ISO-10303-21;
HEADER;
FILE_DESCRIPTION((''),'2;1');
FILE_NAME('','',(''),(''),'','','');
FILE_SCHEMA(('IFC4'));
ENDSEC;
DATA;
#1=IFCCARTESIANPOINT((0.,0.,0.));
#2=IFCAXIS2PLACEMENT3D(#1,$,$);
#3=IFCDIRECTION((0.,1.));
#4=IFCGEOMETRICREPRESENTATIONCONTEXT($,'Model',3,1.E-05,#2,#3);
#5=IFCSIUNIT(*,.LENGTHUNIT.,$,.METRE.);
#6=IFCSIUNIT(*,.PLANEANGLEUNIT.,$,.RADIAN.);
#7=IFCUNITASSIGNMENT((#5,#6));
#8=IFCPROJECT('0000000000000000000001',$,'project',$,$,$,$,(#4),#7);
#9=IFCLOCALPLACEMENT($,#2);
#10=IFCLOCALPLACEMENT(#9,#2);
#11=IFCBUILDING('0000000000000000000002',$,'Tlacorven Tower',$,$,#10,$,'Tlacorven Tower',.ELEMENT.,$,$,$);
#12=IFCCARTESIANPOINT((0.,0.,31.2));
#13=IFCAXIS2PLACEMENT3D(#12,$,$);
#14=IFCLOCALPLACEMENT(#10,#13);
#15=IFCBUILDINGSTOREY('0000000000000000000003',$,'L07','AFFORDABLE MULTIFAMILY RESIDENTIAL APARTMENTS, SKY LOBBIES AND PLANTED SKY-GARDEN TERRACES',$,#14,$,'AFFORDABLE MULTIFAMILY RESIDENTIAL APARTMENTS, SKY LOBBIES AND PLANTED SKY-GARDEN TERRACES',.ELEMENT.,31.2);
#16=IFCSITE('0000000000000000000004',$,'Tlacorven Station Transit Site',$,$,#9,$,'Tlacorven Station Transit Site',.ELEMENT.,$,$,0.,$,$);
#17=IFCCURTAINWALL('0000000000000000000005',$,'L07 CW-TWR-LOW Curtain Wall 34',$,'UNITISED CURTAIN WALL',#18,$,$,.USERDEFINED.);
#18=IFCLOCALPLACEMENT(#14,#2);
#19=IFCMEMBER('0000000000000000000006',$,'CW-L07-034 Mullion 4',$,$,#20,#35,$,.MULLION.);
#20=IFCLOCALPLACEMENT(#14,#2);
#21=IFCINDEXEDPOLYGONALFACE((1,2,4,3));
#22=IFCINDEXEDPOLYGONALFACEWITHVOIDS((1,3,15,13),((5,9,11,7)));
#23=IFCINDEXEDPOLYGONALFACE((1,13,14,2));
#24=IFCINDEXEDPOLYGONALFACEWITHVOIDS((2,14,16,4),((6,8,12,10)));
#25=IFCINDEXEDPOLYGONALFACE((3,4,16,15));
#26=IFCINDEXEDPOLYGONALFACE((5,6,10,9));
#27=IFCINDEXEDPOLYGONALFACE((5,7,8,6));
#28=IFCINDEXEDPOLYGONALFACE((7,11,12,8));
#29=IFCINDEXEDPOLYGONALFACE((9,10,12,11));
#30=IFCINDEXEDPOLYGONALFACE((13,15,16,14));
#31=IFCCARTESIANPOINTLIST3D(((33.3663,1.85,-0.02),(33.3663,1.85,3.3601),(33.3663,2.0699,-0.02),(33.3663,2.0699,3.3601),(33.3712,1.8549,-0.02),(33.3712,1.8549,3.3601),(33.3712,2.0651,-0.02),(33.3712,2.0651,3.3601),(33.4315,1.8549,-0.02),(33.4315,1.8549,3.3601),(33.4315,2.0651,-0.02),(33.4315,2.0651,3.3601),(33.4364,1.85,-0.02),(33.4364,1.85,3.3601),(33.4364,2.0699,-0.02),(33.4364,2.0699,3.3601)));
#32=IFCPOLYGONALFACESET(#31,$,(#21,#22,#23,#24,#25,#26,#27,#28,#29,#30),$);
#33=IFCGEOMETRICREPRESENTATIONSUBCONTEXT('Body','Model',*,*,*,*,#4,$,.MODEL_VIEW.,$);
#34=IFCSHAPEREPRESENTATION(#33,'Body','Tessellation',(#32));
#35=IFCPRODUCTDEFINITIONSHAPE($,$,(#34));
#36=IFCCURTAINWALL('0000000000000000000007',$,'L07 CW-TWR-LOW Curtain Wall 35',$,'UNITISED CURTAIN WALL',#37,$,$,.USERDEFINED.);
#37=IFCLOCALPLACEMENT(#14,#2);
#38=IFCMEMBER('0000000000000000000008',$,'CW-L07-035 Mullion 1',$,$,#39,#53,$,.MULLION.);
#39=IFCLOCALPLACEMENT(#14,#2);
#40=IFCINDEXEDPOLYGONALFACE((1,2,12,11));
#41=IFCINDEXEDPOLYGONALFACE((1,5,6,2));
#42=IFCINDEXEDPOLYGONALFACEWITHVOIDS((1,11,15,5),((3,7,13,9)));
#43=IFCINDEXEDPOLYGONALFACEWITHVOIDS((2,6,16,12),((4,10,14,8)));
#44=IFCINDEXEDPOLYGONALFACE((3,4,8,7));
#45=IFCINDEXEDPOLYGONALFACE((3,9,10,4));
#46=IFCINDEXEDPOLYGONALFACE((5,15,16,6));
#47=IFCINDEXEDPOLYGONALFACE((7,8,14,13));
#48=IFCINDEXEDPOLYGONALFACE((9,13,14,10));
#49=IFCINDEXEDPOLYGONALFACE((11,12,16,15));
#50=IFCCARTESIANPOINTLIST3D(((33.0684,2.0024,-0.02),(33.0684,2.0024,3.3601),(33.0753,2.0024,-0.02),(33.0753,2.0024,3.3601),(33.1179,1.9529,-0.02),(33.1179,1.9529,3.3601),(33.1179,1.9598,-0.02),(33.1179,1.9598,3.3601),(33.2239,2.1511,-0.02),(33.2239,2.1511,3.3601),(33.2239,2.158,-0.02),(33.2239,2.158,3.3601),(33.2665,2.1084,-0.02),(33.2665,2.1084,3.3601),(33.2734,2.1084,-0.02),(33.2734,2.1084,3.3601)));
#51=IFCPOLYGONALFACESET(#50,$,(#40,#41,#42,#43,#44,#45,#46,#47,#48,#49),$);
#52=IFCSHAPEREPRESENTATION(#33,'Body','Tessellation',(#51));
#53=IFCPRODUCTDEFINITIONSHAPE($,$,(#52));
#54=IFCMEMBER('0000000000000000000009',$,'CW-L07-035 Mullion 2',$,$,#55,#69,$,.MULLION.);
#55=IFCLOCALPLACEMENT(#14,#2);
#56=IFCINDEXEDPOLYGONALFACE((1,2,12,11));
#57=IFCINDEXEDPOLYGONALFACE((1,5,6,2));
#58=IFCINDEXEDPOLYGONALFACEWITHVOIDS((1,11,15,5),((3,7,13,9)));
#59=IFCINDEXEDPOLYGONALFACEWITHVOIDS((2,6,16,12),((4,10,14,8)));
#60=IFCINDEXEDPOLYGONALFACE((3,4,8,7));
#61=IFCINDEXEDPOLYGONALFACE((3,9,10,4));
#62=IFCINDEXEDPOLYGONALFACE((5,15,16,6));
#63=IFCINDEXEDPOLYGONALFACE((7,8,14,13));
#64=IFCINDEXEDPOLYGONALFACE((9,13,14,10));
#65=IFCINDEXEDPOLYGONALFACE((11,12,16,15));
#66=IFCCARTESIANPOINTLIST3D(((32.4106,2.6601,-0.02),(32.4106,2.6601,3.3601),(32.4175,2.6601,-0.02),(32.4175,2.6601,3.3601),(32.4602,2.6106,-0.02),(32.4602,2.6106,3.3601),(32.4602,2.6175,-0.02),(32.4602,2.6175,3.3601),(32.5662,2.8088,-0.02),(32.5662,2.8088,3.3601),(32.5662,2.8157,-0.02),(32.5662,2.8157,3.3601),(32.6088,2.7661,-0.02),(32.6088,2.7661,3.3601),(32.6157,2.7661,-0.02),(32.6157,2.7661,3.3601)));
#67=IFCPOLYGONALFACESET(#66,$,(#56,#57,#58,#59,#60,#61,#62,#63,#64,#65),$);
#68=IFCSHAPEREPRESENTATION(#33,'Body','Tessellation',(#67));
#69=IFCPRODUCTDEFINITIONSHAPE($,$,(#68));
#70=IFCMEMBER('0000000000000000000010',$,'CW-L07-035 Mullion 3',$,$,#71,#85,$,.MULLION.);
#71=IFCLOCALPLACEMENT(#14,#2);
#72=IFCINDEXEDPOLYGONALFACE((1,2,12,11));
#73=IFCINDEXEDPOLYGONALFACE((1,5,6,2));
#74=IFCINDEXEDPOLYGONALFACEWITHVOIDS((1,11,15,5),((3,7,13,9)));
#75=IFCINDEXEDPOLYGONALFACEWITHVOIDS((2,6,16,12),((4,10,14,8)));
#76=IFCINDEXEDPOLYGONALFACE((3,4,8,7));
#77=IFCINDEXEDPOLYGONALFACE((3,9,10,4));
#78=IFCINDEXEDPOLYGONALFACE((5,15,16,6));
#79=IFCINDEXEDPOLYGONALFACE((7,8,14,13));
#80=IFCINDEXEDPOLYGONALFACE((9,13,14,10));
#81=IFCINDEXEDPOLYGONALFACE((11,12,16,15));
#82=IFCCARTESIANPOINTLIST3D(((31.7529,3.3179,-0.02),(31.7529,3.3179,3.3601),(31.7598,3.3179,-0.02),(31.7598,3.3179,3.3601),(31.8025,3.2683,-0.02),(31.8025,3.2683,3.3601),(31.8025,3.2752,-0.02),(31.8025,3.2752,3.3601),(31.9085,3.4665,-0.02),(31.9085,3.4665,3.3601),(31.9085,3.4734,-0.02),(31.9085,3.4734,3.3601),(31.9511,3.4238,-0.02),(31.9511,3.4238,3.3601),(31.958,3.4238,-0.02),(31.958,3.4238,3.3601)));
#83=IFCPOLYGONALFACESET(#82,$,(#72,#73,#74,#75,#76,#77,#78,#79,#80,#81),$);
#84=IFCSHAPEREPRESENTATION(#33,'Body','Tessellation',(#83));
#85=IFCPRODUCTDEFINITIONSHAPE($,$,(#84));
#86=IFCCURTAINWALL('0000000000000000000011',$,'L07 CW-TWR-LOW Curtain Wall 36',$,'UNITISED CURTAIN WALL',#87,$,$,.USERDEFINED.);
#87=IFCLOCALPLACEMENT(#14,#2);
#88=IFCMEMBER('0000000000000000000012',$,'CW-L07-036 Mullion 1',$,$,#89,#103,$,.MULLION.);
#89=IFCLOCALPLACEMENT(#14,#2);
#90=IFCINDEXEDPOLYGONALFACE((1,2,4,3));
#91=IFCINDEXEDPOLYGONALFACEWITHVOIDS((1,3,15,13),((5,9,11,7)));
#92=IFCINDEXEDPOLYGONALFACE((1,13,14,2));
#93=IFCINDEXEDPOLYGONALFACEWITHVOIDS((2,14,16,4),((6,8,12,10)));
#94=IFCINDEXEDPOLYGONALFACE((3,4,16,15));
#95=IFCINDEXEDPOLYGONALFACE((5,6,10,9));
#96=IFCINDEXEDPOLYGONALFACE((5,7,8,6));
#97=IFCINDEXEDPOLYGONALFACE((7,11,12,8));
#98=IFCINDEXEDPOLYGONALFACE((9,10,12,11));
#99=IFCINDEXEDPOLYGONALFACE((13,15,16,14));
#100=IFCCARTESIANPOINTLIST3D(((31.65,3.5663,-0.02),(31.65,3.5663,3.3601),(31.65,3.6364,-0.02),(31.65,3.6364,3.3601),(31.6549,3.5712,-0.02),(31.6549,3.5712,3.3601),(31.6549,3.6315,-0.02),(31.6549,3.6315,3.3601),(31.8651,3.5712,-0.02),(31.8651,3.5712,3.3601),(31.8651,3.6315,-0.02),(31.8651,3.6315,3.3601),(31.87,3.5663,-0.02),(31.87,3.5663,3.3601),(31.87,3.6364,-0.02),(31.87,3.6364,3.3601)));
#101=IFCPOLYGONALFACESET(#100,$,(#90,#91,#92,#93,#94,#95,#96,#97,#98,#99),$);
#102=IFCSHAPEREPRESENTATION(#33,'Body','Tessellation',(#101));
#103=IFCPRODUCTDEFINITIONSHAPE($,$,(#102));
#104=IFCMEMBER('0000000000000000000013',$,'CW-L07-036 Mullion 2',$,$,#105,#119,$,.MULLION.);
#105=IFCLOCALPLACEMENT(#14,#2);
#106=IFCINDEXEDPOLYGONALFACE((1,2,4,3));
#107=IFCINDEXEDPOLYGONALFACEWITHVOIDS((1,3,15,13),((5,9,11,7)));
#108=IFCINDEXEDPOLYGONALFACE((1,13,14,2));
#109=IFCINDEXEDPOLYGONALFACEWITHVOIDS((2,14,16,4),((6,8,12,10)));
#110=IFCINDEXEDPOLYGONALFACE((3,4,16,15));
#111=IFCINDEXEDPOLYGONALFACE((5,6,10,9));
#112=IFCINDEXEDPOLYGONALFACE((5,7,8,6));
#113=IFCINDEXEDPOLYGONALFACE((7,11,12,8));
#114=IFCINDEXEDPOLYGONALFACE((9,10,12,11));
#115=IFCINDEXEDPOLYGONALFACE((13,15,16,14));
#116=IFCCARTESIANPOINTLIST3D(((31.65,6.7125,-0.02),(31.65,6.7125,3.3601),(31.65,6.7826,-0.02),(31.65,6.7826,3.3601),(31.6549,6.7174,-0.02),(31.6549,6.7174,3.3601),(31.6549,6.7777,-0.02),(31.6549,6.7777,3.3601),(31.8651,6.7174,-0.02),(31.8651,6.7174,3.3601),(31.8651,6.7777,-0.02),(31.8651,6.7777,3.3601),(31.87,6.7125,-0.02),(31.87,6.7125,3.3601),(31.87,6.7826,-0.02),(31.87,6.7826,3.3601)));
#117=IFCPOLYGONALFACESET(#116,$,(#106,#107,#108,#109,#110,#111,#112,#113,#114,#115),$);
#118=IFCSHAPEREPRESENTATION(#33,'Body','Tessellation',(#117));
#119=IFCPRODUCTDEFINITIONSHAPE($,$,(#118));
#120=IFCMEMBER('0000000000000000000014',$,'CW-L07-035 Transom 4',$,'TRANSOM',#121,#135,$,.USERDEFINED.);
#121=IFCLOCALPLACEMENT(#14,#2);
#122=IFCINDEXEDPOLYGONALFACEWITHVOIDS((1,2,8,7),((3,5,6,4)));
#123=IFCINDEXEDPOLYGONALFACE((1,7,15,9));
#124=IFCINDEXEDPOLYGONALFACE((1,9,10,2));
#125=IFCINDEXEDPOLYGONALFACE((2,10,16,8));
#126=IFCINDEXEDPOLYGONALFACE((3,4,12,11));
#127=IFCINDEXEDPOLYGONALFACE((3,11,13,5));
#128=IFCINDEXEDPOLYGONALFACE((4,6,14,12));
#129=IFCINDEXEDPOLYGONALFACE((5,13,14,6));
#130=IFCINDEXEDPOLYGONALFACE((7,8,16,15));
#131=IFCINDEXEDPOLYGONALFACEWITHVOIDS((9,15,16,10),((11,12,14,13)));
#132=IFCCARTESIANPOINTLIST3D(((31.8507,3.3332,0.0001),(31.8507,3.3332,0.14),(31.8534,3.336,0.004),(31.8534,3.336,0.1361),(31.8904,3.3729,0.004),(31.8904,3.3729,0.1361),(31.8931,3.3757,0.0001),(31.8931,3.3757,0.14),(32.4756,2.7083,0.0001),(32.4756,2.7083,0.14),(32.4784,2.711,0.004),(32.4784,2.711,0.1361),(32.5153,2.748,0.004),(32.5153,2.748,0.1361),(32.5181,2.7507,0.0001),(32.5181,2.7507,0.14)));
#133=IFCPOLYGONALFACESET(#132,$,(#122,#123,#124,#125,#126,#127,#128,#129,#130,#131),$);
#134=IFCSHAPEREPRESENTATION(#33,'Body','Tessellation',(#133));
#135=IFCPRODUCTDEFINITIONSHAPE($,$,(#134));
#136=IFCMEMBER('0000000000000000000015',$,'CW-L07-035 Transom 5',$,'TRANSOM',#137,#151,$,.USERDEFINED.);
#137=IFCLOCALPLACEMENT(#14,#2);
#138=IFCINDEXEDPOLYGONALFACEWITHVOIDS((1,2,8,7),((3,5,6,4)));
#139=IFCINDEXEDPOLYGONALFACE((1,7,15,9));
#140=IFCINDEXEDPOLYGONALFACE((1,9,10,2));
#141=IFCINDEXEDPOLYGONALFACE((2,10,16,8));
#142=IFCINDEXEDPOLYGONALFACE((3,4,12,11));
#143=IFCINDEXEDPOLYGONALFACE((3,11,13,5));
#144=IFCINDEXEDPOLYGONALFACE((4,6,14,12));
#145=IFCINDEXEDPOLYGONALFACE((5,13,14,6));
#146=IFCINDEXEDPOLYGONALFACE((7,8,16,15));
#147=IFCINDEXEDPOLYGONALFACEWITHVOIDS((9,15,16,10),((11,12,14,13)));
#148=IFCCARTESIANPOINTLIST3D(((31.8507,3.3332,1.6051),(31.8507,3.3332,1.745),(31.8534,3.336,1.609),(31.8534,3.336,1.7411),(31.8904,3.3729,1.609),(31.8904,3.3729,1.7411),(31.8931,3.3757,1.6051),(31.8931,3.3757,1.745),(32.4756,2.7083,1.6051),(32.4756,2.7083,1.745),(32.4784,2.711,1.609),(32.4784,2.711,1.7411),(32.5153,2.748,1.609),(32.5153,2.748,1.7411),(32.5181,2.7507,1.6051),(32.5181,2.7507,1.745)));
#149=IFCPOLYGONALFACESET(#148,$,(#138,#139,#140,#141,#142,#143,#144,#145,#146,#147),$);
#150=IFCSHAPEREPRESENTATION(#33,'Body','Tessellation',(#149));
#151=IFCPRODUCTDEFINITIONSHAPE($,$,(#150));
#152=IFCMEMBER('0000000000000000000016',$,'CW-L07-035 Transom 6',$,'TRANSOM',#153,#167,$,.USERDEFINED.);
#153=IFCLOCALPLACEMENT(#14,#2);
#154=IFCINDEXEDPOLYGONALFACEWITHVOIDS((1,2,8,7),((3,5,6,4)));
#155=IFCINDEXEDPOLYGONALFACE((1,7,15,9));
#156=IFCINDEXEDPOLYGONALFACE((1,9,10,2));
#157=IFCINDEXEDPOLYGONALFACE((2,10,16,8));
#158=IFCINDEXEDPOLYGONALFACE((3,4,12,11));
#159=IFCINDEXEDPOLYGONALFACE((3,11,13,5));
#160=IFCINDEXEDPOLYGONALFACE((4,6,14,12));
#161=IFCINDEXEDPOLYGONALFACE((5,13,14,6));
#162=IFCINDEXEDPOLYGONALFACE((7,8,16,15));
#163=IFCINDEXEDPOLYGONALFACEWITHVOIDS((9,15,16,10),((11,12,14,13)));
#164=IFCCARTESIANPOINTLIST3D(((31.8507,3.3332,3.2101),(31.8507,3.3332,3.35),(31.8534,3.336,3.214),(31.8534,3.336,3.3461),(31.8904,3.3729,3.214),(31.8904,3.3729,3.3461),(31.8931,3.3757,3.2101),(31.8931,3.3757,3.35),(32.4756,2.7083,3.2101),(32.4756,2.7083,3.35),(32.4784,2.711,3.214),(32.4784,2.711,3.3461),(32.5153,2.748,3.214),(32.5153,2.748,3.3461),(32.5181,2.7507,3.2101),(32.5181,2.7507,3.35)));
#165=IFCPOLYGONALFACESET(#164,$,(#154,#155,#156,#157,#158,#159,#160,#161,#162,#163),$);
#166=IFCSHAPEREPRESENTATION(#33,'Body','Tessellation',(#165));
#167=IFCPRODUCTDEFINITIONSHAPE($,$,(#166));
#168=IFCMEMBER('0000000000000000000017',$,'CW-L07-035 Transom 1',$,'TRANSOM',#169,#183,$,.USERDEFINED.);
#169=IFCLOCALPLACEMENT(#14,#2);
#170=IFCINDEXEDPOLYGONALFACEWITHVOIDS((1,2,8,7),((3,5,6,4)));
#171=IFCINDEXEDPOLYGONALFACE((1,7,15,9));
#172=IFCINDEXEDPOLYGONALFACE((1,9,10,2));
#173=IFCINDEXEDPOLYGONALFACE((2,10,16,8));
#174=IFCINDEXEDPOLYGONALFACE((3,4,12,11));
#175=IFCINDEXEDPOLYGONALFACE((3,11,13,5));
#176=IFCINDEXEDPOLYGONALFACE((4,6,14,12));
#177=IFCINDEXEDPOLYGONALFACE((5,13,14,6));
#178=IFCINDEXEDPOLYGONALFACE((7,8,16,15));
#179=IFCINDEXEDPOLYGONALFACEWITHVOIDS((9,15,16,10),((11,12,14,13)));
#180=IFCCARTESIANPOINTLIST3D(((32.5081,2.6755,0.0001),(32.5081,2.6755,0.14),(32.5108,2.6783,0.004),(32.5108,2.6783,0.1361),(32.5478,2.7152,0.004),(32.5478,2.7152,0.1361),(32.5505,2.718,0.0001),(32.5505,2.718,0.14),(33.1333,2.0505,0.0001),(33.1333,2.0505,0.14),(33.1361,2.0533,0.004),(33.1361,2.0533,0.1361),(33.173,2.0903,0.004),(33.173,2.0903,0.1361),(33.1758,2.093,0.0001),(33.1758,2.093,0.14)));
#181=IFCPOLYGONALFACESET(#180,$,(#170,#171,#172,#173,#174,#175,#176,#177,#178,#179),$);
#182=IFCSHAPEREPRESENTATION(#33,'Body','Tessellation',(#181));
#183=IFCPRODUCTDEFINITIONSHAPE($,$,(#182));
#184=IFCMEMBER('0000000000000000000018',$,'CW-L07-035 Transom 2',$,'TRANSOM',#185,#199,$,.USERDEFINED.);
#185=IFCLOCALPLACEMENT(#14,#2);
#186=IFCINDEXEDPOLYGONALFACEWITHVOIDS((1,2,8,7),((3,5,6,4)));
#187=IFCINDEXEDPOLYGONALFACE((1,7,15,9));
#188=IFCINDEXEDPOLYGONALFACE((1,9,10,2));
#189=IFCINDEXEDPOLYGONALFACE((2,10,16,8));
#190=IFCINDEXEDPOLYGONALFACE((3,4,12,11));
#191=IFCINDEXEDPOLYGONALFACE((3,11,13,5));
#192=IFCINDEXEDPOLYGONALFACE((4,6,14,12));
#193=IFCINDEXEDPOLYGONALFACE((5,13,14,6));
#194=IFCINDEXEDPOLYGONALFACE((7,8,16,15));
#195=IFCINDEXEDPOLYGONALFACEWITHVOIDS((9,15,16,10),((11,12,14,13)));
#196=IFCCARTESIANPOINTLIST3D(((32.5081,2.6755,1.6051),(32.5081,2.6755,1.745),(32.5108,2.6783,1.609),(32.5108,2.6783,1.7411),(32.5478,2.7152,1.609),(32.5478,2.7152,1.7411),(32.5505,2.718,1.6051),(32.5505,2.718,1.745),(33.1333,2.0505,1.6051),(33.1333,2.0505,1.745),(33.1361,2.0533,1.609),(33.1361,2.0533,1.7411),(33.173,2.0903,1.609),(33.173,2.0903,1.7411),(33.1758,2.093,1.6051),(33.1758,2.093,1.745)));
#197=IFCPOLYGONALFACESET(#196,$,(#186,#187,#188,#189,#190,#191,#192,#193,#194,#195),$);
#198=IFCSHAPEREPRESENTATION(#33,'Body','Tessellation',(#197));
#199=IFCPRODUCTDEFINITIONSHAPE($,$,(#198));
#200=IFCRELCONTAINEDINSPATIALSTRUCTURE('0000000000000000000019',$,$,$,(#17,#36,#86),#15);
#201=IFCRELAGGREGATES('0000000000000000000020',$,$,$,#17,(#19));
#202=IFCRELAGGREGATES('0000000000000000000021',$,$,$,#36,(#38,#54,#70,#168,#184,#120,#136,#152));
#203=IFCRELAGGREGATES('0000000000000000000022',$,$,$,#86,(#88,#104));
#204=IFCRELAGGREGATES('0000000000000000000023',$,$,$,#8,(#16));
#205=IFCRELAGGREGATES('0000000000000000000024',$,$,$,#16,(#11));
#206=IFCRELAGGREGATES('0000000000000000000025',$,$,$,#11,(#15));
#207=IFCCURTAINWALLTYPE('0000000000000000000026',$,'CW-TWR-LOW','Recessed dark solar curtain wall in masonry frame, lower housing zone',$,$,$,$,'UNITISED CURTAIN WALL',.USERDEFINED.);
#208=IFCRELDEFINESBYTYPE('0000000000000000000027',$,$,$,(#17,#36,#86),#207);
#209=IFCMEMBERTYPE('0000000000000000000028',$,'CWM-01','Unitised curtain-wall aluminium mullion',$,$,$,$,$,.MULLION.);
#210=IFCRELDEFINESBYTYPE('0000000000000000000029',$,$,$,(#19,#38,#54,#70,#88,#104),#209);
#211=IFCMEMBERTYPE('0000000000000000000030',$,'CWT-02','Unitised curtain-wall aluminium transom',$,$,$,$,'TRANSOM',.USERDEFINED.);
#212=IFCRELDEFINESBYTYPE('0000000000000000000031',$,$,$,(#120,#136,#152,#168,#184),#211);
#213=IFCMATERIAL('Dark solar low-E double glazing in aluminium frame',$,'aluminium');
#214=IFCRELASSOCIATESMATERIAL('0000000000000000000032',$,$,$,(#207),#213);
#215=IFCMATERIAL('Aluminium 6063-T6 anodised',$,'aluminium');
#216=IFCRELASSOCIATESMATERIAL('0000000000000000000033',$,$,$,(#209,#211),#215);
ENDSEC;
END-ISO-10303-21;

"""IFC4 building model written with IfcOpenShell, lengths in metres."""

from ifc_helpers import new_model, si_unit, direction, frame, origin, origin_2d, place, context, subcontext, project, spatial, hollow_rectangle, extrude, source, transform, mapped, material, material_profile, profile_set, type_object, element, aggregate, save


model = new_model("IFC4")

# Units and contexts
model_context = context("Model", 3, precision=1e-05, world=origin(), true_north=direction((0.0, 1.0)))
body_context = subcontext(model_context, "Body", "Model", "MODEL_VIEW")
ifc_project = project(units=[si_unit("LENGTHUNIT", "METRE"), si_unit("PLANEANGLEUNIT", "RADIAN")], contexts=[model_context])

# Site, building, storey
site_placement = place(None, origin())
site = spatial("IfcSite", under=ifc_project, at=site_placement, Name="Tlacorven Station Transit Site", LongName="Tlacorven Station Transit Site", CompositionType="ELEMENT", RefElevation=0.0)
building_placement = place(site_placement, origin())
building = spatial("IfcBuilding", under=site, at=building_placement, Name="Tlacorven Tower", LongName="Tlacorven Tower", CompositionType="ELEMENT")
storey_placement = place(building_placement, frame((0.0, 0.0, 31.2)))
storey = spatial("IfcBuildingStorey", under=building, at=storey_placement, Name="L07", Description="AFFORDABLE MULTIFAMILY RESIDENTIAL APARTMENTS, SKY LOBBIES AND PLANTED SKY-GARDEN TERRACES", LongName="AFFORDABLE MULTIFAMILY RESIDENTIAL APARTMENTS, SKY LOBBIES AND PLANTED SKY-GARDEN TERRACES", CompositionType="ELEMENT", Elevation=31.2)

# Curtain wall, member
ifc_material_1 = material(Name="Dark solar low-E double glazing in aluminium frame", Category="aluminium")
curtain_wall_type = type_object("IfcCurtainWallType", Name="CW-TWR-LOW", Description="Recessed dark solar curtain wall in masonry frame, lower housing zone", ElementType="UNITISED CURTAIN WALL", PredefinedType="USERDEFINED", material=ifc_material_1)
curtain_wall_1_placement = place(storey_placement, origin())
curtain_wall_1 = element("IfcCurtainWall", 1, at=curtain_wall_1_placement, inside=storey, type_object=curtain_wall_type, Name="L07 CW-TWR-LOW Curtain Wall 34", ObjectType="UNITISED CURTAIN WALL", PredefinedType="USERDEFINED")
ifc_material_2 = material(Name="Aluminium 6063-T6 anodised", Category="aluminium")
ifc_material_profile_1 = material_profile(ifc_material_2, hollow_rectangle(XDim=0.0701, YDim=0.22, WallThickness=0.0049, at=origin_2d()), Name="ALU MULLION 70X220")
ifc_profile_set_1 = profile_set([ifc_material_profile_1], Name="Aluminium 6063-T6 anodised")
member_type_1 = type_object("IfcMemberType", Name="CWM-01", Description="Unitised curtain-wall aluminium mullion", PredefinedType="MULLION", material=ifc_profile_set_1)
shared_shape_1 = source(origin(), body_context, "Body", "SweptSolid", [
    extrude(hollow_rectangle(XDim=0.0701, YDim=0.22, WallThickness=0.0049, at=origin_2d()), origin(), (0.0, 0.0, 1.0), 3.3801),
])
member_1_placement = place(storey_placement, frame((33.4014, 1.96, -0.02), z_axis=(0.0, 0.0, 1.0), x_axis=(-1.0, 0.0, 0.0)))
member_1 = element("IfcMember", 2, at=member_1_placement, type_object=member_type_1, Name="CW-L07-034 Mullion 4", PredefinedType="MULLION", context=body_context, shape_type="MappedRepresentation", body=[
    mapped(shared_shape_1, transform((0.0, 0.0, 0.0), scale=1.0)),
])
aggregate(curtain_wall_1, [member_1])

# Curtain walls, members
curtain_wall_2_placement = place(storey_placement, origin())
curtain_wall_2 = element("IfcCurtainWall", 3, at=curtain_wall_2_placement, inside=storey, type_object=curtain_wall_type, Name="L07 CW-TWR-LOW Curtain Wall 35", ObjectType="UNITISED CURTAIN WALL", PredefinedType="USERDEFINED")
member_2_placement = place(storey_placement, frame((33.1709, 2.0554, -0.02), z_axis=(0.0, 0.0, 1.0), x_axis=(-0.707107, 0.707107, 0.0)))
member_2 = element("IfcMember", 4, at=member_2_placement, type_object=member_type_1, Name="CW-L07-035 Mullion 1", PredefinedType="MULLION", context=body_context, shape_type="MappedRepresentation", body=[
    mapped(shared_shape_1, transform((0.0, 0.0, 0.0), scale=1.0)),
])
member_3_placement = place(storey_placement, frame((32.5132, 2.7131, -0.02), z_axis=(0.0, 0.0, 1.0), x_axis=(-0.707107, 0.707107, 0.0)))
member_3 = element("IfcMember", 5, at=member_3_placement, type_object=member_type_1, Name="CW-L07-035 Mullion 2", PredefinedType="MULLION", context=body_context, shape_type="MappedRepresentation", body=[
    mapped(shared_shape_1, transform((0.0, 0.0, 0.0), scale=1.0)),
])
member_4_placement = place(storey_placement, frame((31.8555, 3.3708, -0.02), z_axis=(0.0, 0.0, 1.0), x_axis=(-0.707107, 0.707107, 0.0)))
member_4 = element("IfcMember", 6, at=member_4_placement, type_object=member_type_1, Name="CW-L07-035 Mullion 3", PredefinedType="MULLION", context=body_context, shape_type="MappedRepresentation", body=[
    mapped(shared_shape_1, transform((0.0, 0.0, 0.0), scale=1.0)),
])
curtain_wall_3_placement = place(storey_placement, origin())
curtain_wall_3 = element("IfcCurtainWall", 7, at=curtain_wall_3_placement, inside=storey, type_object=curtain_wall_type, Name="L07 CW-TWR-LOW Curtain Wall 36", ObjectType="UNITISED CURTAIN WALL", PredefinedType="USERDEFINED")
member_5_placement = place(storey_placement, frame((31.76, 3.6013, -0.02), z_axis=(0.0, 0.0, 1.0), x_axis=(0.0, 1.0, 0.0)))
member_5 = element("IfcMember", 8, at=member_5_placement, type_object=member_type_1, Name="CW-L07-036 Mullion 1", PredefinedType="MULLION", context=body_context, shape_type="MappedRepresentation", body=[
    mapped(shared_shape_1, transform((0.0, 0.0, 0.0), scale=1.0)),
])
member_6_placement = place(storey_placement, frame((31.76, 6.7476, -0.02), z_axis=(0.0, 0.0, 1.0), x_axis=(0.0, 1.0, 0.0)))
member_6 = element("IfcMember", 9, at=member_6_placement, type_object=member_type_1, Name="CW-L07-036 Mullion 2", PredefinedType="MULLION", context=body_context, shape_type="MappedRepresentation", body=[
    mapped(shared_shape_1, transform((0.0, 0.0, 0.0), scale=1.0)),
])

# Members
ifc_material_profile_2 = material_profile(ifc_material_2, hollow_rectangle(XDim=0.0601, YDim=0.1399, WallThickness=0.0039, at=origin_2d()), Name="ALU TRANSOM 60X140")
ifc_profile_set_2 = profile_set([ifc_material_profile_2], Name="Aluminium 6063-T6 anodised")
member_type_2 = type_object("IfcMemberType", Name="CWT-02", Description="Unitised curtain-wall aluminium transom", ElementType="TRANSOM", PredefinedType="USERDEFINED", material=ifc_profile_set_2)
shared_shape_2 = source(origin(), body_context, "Body", "SweptSolid", [
    extrude(hollow_rectangle(XDim=0.0601, YDim=0.1399, WallThickness=0.0039, at=origin_2d()), origin(), (0.0, 0.0, 1.0), 0.8838),
])
member_7_placement = place(storey_placement, frame((32.4968, 2.7295, 0.0701), z_axis=(-0.707107, 0.707107, 0.0), x_axis=(-0.707107, -0.707107, 0.0)))
member_7 = element("IfcMember", 10, at=member_7_placement, type_object=member_type_2, Name="CW-L07-035 Transom 4", ObjectType="TRANSOM", PredefinedType="USERDEFINED", context=body_context, shape_type="MappedRepresentation", body=[
    mapped(shared_shape_2, transform((0.0, 0.0, 0.0), scale=1.0)),
])
member_8_placement = place(storey_placement, frame((32.4968, 2.7295, 1.675), z_axis=(-0.707107, 0.707107, 0.0), x_axis=(-0.707107, -0.707107, 0.0)))
member_8 = element("IfcMember", 11, at=member_8_placement, type_object=member_type_2, Name="CW-L07-035 Transom 5", ObjectType="TRANSOM", PredefinedType="USERDEFINED", context=body_context, shape_type="MappedRepresentation", body=[
    mapped(shared_shape_2, transform((0.0, 0.0, 0.0), scale=1.0)),
])
member_9_placement = place(storey_placement, frame((32.4968, 2.7295, 3.28), z_axis=(-0.707107, 0.707107, 0.0), x_axis=(-0.707107, -0.707107, 0.0)))
member_9 = element("IfcMember", 12, at=member_9_placement, type_object=member_type_2, Name="CW-L07-035 Transom 6", ObjectType="TRANSOM", PredefinedType="USERDEFINED", context=body_context, shape_type="MappedRepresentation", body=[
    mapped(shared_shape_2, transform((0.0, 0.0, 0.0), scale=1.0)),
])
shared_shape_3 = source(origin(), body_context, "Body", "SweptSolid", [
    extrude(hollow_rectangle(XDim=0.0601, YDim=0.1399, WallThickness=0.0039, at=origin_2d()), origin(), (0.0, 0.0, 1.0), 0.884),
])
member_10_placement = place(storey_placement, frame((33.1545, 2.0718, 0.0701), z_axis=(-0.707245, 0.706969, 0.0), x_axis=(-0.706969, -0.707245, 0.0)))
member_10 = element("IfcMember", 13, at=member_10_placement, type_object=member_type_2, Name="CW-L07-035 Transom 1", ObjectType="TRANSOM", PredefinedType="USERDEFINED", context=body_context, shape_type="MappedRepresentation", body=[
    mapped(shared_shape_3, transform((0.0, 0.0, 0.0), scale=1.0)),
])
member_11_placement = place(storey_placement, frame((33.1545, 2.0718, 1.675), z_axis=(-0.707245, 0.706969, 0.0), x_axis=(-0.706969, -0.707245, 0.0)))
member_11 = element("IfcMember", 14, at=member_11_placement, type_object=member_type_2, Name="CW-L07-035 Transom 2", ObjectType="TRANSOM", PredefinedType="USERDEFINED", context=body_context, shape_type="MappedRepresentation", body=[
    mapped(shared_shape_3, transform((0.0, 0.0, 0.0), scale=1.0)),
])

aggregate(curtain_wall_2, [member_2, member_3, member_4, member_10, member_11, member_7, member_8, member_9])
aggregate(curtain_wall_3, [member_5, member_6])

save(model, "model.ifc")
